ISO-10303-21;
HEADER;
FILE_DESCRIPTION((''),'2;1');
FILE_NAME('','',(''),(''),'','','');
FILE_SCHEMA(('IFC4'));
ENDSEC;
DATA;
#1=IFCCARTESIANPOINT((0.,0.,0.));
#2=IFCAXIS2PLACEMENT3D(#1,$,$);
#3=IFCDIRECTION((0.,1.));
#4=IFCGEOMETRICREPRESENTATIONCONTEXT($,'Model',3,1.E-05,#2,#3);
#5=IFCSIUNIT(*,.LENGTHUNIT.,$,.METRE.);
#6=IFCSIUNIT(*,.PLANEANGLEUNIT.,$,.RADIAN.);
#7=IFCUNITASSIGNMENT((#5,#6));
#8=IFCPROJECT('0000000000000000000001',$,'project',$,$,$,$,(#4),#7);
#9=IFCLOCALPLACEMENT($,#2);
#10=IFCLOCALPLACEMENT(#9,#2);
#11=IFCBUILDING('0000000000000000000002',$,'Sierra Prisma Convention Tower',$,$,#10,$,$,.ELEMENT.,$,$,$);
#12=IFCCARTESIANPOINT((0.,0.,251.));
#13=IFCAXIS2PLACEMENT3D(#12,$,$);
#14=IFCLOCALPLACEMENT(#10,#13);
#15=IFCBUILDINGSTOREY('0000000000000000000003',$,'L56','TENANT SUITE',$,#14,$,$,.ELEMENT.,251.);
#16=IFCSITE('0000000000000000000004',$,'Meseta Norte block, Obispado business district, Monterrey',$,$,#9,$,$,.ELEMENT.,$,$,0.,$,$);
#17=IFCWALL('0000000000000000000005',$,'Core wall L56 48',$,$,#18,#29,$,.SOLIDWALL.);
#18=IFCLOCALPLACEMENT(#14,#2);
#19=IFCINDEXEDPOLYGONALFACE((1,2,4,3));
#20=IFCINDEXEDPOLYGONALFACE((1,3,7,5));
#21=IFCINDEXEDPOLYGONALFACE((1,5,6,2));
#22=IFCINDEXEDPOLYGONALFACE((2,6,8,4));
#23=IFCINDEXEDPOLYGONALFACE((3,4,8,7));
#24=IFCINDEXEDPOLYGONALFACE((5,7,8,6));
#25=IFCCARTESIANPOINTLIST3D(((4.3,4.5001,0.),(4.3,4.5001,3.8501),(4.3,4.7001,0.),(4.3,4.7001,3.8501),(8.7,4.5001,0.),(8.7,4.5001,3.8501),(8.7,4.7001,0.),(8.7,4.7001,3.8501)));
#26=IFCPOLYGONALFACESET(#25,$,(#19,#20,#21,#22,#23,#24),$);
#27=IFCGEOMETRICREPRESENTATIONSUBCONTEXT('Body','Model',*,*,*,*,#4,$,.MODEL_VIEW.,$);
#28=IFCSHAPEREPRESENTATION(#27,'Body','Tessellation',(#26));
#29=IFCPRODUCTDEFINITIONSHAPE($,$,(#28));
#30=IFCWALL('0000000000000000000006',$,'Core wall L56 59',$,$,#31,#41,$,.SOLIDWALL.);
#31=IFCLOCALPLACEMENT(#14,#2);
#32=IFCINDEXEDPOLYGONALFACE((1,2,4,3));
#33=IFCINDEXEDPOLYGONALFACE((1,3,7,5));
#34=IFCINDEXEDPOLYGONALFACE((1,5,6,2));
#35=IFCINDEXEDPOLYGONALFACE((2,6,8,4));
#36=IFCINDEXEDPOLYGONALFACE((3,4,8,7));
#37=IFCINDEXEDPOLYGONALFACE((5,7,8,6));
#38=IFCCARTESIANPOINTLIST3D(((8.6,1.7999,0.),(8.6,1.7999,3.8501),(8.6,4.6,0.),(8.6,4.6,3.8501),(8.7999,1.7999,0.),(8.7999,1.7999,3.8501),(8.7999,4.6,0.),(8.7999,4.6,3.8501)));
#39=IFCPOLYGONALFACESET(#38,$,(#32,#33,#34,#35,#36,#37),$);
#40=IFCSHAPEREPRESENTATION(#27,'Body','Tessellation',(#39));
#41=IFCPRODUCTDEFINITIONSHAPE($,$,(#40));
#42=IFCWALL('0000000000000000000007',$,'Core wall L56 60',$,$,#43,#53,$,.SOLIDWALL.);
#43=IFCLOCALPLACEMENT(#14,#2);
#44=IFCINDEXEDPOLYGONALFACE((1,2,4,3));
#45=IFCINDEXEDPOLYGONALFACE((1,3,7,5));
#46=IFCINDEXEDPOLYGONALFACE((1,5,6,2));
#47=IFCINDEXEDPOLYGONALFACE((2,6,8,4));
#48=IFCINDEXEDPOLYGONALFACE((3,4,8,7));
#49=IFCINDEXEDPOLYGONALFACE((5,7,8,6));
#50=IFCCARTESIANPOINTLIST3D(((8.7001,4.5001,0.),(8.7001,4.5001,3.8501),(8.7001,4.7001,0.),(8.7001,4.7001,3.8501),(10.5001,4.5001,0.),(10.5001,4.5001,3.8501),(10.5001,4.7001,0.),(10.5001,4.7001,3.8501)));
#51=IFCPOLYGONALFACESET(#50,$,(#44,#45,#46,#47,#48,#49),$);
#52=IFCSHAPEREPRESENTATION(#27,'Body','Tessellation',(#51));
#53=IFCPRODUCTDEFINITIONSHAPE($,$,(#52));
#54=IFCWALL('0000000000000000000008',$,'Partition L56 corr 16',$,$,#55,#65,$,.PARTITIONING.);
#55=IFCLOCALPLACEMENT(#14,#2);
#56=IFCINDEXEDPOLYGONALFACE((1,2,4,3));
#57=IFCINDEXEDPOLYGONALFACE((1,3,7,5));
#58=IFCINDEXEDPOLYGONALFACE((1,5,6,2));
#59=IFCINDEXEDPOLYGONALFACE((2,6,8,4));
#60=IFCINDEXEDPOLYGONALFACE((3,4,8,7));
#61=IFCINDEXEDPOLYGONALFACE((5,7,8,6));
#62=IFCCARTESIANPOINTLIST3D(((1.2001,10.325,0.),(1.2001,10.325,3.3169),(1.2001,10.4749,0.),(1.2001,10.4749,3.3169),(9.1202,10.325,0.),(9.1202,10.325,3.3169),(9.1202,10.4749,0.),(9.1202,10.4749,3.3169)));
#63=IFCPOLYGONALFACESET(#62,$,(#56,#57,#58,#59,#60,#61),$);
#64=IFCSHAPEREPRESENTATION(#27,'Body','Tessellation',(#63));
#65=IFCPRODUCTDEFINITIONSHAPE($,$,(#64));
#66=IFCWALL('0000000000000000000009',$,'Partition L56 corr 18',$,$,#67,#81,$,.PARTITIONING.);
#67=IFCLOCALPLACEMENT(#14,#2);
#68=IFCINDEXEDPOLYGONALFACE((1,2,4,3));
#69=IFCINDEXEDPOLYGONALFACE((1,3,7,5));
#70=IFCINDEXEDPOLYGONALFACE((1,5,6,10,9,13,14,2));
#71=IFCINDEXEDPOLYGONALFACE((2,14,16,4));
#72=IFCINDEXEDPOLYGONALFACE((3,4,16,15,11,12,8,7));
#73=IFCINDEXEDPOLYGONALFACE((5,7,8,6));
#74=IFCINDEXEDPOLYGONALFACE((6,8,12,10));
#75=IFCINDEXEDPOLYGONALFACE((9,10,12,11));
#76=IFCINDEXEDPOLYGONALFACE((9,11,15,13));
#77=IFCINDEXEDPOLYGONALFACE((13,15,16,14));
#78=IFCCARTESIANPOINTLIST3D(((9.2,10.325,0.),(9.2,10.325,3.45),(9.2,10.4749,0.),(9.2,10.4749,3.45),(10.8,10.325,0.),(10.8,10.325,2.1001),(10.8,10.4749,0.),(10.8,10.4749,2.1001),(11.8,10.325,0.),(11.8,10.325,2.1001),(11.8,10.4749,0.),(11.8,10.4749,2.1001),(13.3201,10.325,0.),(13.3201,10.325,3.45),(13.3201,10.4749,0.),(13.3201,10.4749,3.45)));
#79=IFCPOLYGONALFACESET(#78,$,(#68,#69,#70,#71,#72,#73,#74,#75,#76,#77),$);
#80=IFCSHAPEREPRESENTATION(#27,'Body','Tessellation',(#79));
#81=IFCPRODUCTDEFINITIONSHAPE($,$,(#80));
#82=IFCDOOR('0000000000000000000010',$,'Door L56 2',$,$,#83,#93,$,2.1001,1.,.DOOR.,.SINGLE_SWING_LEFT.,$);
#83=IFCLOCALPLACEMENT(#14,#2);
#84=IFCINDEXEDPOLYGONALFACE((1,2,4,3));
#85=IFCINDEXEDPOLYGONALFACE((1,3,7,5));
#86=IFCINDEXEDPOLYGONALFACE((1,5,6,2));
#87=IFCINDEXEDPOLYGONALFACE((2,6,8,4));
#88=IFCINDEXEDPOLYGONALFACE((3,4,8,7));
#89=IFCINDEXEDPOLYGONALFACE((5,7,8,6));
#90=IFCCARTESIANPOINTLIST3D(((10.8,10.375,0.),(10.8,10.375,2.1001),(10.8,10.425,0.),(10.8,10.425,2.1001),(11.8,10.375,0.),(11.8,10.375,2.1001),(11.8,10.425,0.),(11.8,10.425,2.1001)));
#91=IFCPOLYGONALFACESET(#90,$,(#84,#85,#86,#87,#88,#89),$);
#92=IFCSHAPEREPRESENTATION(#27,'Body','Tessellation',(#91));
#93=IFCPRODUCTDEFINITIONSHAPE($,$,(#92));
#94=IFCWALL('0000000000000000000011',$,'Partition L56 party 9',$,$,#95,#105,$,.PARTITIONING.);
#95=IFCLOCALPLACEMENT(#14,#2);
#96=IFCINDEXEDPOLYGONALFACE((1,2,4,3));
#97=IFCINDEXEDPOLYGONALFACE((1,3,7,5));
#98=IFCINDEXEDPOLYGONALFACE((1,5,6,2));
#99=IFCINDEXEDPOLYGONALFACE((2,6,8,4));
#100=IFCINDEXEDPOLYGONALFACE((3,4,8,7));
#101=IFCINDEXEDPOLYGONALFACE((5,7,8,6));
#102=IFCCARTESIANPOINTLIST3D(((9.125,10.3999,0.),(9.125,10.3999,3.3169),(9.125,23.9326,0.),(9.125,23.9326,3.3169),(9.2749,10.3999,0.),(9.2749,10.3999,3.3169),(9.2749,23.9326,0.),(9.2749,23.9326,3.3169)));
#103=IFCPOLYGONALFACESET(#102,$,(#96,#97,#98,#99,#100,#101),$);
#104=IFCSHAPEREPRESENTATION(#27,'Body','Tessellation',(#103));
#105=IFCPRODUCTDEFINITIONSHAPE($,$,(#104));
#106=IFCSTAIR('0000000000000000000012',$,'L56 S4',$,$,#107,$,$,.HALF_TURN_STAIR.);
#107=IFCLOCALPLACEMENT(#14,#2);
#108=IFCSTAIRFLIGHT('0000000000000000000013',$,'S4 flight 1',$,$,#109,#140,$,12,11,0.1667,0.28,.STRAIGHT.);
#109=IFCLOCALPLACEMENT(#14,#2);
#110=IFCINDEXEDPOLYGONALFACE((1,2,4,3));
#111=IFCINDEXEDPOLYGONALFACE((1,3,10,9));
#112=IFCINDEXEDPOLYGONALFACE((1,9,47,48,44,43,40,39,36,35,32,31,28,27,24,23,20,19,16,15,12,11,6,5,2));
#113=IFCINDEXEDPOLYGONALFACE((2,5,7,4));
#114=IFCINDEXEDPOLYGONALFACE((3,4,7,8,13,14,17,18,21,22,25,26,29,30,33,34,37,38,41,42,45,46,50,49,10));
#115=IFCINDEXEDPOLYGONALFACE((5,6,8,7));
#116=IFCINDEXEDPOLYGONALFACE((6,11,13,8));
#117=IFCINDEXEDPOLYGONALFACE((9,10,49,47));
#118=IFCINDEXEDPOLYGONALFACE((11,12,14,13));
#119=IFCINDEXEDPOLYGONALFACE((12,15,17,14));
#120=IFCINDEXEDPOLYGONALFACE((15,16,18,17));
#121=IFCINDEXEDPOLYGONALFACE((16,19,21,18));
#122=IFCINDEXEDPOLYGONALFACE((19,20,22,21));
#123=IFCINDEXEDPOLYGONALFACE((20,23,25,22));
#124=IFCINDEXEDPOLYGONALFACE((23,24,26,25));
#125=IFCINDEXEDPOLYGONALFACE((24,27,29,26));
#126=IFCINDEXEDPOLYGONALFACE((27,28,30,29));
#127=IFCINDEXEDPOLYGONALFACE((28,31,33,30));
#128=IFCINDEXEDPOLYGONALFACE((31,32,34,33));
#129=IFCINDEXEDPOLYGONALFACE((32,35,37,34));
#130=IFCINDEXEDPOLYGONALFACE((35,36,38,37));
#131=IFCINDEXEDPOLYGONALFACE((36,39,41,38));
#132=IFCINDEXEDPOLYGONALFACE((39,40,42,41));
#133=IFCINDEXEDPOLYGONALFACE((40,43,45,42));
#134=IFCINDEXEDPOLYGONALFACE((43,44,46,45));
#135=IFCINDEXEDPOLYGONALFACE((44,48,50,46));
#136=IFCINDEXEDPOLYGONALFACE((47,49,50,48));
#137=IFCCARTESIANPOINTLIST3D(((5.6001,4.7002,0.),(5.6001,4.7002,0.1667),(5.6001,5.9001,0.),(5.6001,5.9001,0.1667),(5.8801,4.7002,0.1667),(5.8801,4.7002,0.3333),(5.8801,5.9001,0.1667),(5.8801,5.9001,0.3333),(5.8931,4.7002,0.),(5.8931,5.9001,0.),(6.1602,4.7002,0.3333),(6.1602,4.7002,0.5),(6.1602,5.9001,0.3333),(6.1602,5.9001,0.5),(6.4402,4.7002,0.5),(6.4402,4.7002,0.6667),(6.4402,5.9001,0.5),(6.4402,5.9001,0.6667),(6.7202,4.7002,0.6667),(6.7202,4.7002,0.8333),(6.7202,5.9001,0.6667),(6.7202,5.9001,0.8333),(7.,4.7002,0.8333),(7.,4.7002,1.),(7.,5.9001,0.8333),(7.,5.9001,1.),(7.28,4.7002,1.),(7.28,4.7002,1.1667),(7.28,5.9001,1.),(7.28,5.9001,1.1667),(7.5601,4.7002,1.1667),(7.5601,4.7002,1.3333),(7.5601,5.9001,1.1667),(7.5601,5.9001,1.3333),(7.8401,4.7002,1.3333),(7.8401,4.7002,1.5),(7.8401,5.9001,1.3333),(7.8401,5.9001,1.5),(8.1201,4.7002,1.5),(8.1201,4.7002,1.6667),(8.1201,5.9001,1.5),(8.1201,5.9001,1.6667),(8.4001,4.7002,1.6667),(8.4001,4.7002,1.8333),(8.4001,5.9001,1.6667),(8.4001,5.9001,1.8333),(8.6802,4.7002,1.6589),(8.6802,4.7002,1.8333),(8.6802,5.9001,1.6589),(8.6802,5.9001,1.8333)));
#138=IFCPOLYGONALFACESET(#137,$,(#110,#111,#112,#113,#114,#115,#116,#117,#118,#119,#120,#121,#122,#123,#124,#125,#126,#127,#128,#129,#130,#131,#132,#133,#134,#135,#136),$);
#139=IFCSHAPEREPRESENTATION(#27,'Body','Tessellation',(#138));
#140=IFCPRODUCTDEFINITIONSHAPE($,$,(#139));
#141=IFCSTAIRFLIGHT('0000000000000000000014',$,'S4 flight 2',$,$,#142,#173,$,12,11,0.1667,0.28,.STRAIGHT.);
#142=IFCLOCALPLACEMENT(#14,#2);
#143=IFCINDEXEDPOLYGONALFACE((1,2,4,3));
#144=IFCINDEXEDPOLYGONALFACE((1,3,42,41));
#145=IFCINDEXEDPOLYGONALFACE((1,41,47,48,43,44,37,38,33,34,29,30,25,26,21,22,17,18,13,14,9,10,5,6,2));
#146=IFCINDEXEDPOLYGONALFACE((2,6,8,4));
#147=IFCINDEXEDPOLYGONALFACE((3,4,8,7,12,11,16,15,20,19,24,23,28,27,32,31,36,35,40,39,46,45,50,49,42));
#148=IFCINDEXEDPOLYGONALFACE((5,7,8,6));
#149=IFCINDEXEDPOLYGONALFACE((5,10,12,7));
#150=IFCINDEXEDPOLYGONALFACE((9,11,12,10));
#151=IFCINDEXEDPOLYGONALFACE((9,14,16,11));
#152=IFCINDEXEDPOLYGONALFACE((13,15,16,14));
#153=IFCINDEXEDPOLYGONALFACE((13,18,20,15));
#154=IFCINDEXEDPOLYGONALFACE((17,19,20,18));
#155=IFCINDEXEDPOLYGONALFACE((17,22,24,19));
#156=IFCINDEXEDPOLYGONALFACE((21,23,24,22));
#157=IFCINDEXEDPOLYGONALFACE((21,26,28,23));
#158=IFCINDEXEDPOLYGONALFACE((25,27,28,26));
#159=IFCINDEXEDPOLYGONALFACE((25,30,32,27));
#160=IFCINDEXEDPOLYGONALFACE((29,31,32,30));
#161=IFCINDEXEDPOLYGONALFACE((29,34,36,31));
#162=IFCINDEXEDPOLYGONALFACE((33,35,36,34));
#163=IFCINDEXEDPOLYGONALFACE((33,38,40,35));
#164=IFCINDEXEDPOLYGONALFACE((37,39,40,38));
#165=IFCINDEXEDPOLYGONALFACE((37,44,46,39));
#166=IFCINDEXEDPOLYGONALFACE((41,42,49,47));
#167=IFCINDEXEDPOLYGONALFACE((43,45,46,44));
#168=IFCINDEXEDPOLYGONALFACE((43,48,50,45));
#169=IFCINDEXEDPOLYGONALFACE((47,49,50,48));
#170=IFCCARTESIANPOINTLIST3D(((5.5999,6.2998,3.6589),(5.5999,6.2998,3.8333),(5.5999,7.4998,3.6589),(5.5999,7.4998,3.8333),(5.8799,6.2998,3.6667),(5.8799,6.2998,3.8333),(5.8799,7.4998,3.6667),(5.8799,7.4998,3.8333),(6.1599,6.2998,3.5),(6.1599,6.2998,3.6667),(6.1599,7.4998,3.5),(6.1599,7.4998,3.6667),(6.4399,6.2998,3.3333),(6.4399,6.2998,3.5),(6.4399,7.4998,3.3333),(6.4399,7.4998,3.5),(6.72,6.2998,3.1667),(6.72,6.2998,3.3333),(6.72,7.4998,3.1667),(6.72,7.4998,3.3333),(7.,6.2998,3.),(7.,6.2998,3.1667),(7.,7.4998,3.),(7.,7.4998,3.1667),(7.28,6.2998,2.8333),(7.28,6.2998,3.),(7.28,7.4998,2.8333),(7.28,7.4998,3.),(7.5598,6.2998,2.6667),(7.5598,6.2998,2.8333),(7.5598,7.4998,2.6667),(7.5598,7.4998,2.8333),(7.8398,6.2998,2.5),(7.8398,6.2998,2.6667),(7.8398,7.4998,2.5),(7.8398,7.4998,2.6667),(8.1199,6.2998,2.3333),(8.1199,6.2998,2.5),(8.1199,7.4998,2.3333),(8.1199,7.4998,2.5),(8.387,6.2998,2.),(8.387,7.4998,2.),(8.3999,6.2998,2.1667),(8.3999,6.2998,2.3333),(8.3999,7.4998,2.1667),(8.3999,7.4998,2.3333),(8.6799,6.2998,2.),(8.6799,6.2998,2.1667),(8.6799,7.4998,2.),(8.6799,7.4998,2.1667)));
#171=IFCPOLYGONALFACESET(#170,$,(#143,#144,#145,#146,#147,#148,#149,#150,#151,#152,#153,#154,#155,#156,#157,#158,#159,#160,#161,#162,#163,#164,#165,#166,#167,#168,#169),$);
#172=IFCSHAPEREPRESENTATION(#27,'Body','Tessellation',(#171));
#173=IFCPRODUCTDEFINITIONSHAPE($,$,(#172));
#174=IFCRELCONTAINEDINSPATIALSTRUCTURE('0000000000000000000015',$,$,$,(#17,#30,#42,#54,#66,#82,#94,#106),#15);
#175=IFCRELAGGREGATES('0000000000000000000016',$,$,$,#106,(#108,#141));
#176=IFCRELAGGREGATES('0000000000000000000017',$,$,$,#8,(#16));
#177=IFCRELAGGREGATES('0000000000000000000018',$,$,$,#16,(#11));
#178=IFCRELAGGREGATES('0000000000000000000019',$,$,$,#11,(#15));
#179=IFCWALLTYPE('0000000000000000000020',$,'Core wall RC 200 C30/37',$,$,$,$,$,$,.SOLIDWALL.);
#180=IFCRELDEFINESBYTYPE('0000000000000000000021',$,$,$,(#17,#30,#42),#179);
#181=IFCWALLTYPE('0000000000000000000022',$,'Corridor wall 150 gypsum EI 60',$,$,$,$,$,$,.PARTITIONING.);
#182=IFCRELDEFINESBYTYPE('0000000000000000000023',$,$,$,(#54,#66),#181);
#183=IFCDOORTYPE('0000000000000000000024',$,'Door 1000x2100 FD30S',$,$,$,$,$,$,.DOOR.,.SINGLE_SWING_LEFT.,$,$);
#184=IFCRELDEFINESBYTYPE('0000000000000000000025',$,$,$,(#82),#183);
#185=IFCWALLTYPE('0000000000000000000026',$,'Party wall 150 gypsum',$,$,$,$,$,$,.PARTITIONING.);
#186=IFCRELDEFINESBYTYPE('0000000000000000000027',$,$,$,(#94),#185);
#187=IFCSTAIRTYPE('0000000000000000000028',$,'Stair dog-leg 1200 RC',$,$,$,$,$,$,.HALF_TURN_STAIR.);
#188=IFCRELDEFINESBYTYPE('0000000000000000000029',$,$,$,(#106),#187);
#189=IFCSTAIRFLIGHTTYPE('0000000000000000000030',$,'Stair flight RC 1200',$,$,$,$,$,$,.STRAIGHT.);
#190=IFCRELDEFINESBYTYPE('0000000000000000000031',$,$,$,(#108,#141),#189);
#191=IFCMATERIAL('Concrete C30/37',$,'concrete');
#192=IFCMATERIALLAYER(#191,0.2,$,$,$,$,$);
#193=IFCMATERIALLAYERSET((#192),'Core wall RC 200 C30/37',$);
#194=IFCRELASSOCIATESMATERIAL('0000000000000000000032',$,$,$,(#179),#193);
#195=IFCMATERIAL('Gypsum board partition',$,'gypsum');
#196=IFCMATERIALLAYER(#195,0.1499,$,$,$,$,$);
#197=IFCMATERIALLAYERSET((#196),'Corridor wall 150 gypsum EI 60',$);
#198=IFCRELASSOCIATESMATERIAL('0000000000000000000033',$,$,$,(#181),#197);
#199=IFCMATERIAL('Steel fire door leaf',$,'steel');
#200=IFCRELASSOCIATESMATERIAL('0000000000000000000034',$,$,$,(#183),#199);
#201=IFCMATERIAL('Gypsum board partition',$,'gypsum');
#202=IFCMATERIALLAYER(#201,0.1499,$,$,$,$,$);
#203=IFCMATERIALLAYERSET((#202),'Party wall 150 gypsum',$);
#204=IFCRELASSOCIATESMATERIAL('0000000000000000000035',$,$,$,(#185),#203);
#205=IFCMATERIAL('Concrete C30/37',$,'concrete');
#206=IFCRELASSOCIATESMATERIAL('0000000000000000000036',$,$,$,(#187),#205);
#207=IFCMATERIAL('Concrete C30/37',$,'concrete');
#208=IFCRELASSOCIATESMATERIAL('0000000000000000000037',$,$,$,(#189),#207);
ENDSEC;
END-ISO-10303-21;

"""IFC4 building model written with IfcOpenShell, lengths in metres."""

from ifc_helpers import new_model, si_unit, direction, frame, frame_2d, origin, place, context, subcontext, project, spatial, polyline, rectangle, outline, extrude, material, layer, layer_set, type_object, element, fill, aggregate, save


model = new_model("IFC4")

# Units and contexts
model_context = context("Model", 3, precision=1e-05, world=origin(), true_north=direction((0.0, 1.0)))
body_context = subcontext(model_context, "Body", "Model", "MODEL_VIEW")
ifc_project = project(units=[si_unit("LENGTHUNIT", "METRE"), si_unit("PLANEANGLEUNIT", "RADIAN")], contexts=[model_context])

# Site, building, storey
site_placement = place(None, origin())
site = spatial("IfcSite", under=ifc_project, at=site_placement, Name="Meseta Norte block, Obispado business district, Monterrey", CompositionType="ELEMENT", RefElevation=0.0)
building_placement = place(site_placement, origin())
building = spatial("IfcBuilding", under=site, at=building_placement, Name="Sierra Prisma Convention Tower", CompositionType="ELEMENT")
storey_placement = place(building_placement, frame((0.0, 0.0, 251.0)))
storey = spatial("IfcBuildingStorey", under=building, at=storey_placement, Name="L56", Description="TENANT SUITE", CompositionType="ELEMENT", Elevation=251.0)

# Wall
ifc_material_1 = material(Name="Concrete C30/37", Category="concrete")
ifc_layer_1 = layer(ifc_material_1, 0.2)
ifc_layer_set_1 = layer_set([ifc_layer_1], Name="Core wall RC 200 C30/37")
wall_type_1 = type_object("IfcWallType", Name="Core wall RC 200 C30/37", PredefinedType="SOLIDWALL", material=ifc_layer_set_1)
wall_1_placement = place(storey_placement, frame((8.7, 4.6001, 0.0), z_axis=(0.0, 0.0, 1.0), x_axis=(-1.0, 0.0, 0.0)))
element("IfcWall", 1, at=wall_1_placement, inside=storey, type_object=wall_type_1, Name="Core wall L56 48", PredefinedType="SOLIDWALL", context=body_context, shape_type="SweptSolid", body=[
    extrude(rectangle(XDim=4.3999, YDim=0.2, at=frame_2d((2.2, 0.0))), origin(), (0.0, 0.0, 1.0), 3.8501),
])

# Walls
wall_2_placement = place(storey_placement, frame((8.7, 1.8, 0.0), z_axis=(0.0, 0.0, 1.0), x_axis=(0.0, 1.0, 0.0)))
element("IfcWall", 2, at=wall_2_placement, inside=storey, type_object=wall_type_1, Name="Core wall L56 59", PredefinedType="SOLIDWALL", context=body_context, shape_type="SweptSolid", body=[
    extrude(rectangle(XDim=2.8, YDim=0.2, at=frame_2d((1.3999, 0.0))), origin(), (0.0, 0.0, 1.0), 3.8501),
])
wall_3_placement = place(storey_placement, frame((10.5, 4.6001, 0.0), z_axis=(0.0, 0.0, 1.0), x_axis=(-1.0, 0.0, 0.0)))
element("IfcWall", 3, at=wall_3_placement, inside=storey, type_object=wall_type_1, Name="Core wall L56 60", PredefinedType="SOLIDWALL", context=body_context, shape_type="SweptSolid", body=[
    extrude(rectangle(XDim=1.8, YDim=0.2, at=frame_2d((0.8999, 0.0))), origin(), (0.0, 0.0, 1.0), 3.8501),
])
ifc_material_2 = material(Name="Gypsum board partition", Category="gypsum")
ifc_layer_2 = layer(ifc_material_2, 0.1499)
ifc_layer_set_2 = layer_set([ifc_layer_2], Name="Corridor wall 150 gypsum EI 60")
wall_type_2 = type_object("IfcWallType", Name="Corridor wall 150 gypsum EI 60", PredefinedType="PARTITIONING", material=ifc_layer_set_2)
wall_4_placement = place(storey_placement, frame((9.1201, 10.3999, 0.0), z_axis=(0.0, 0.0, 1.0), x_axis=(-1.0, 0.0, 0.0)))
element("IfcWall", 4, at=wall_4_placement, inside=storey, type_object=wall_type_2, Name="Partition L56 corr 16", PredefinedType="PARTITIONING", context=body_context, shape_type="SweptSolid", body=[
    extrude(rectangle(XDim=7.9202, YDim=0.1499, at=frame_2d((3.96, 0.0))), origin(), (0.0, 0.0, 1.0), 3.3169),
])

# Wall, opening, door
wall_5_placement = place(storey_placement, frame((13.3201, 10.3999, 0.0), z_axis=(0.0, 0.0, 1.0), x_axis=(-1.0, 0.0, 0.0)))
wall_5 = element("IfcWall", 5, at=wall_5_placement, inside=storey, type_object=wall_type_2, Name="Partition L56 corr 18", PredefinedType="PARTITIONING", context=body_context, shape_type="SweptSolid", body=[
    extrude(rectangle(XDim=4.1201, YDim=0.1499, at=frame_2d((2.0601, 0.0))), origin(), (0.0, 0.0, 1.0), 3.45),
])
opening_1_placement = place(wall_5_placement, frame((1.52, 0.0, 0.0)))
opening_1 = element("IfcOpeningElement", 6, at=opening_1_placement, cuts=wall_5, PredefinedType="OPENING", context=body_context, shape_type="SweptSolid", body=[
    extrude(rectangle(XDim=1.0, YDim=2.1001, at=frame_2d((0.5, 1.05))), frame((0.0, 0.075, 0.0), z_axis=(0.0, -1.0, 0.0), x_axis=(1.0, 0.0, 0.0)), (0.0, 0.0, 1.0), 0.1499),
])
ifc_material_3 = material(Name="Steel fire door leaf", Category="steel")
door_type_1 = type_object("IfcDoorType", Name="Door 1000x2100 FD30S", OperationType="SINGLE_SWING_LEFT", PredefinedType="DOOR", material=ifc_material_3)
door_1_placement = place(opening_1_placement, origin())
door_1 = element("IfcDoor", 7, at=door_1_placement, inside=storey, type_object=door_type_1, Name="Door L56 2", OperationType="SINGLE_SWING_LEFT", OverallHeight=2.1001, OverallWidth=1.0, PredefinedType="DOOR", context=body_context, shape_type="SweptSolid", body=[
    extrude(rectangle(XDim=1.0, YDim=2.1001, at=frame_2d((0.5, 1.05))), frame((0.0, 0.0249, 0.0), z_axis=(0.0, -1.0, 0.0), x_axis=(1.0, 0.0, 0.0)), (0.0, 0.0, 1.0), 0.05),
])
fill(opening_1, door_1)

# Wall
ifc_material_4 = material(Name="Gypsum board partition", Category="gypsum")
ifc_layer_3 = layer(ifc_material_4, 0.1499)
ifc_layer_set_3 = layer_set([ifc_layer_3], Name="Party wall 150 gypsum")
wall_type_3 = type_object("IfcWallType", Name="Party wall 150 gypsum", PredefinedType="PARTITIONING", material=ifc_layer_set_3)
wall_6_placement = place(storey_placement, frame((9.2, 10.3999, 0.0), z_axis=(0.0, 0.0, 1.0), x_axis=(0.0, 1.0, 0.0)))
element("IfcWall", 8, at=wall_6_placement, inside=storey, type_object=wall_type_3, Name="Partition L56 party 9", PredefinedType="PARTITIONING", context=body_context, shape_type="SweptSolid", body=[
    extrude(rectangle(XDim=13.5327, YDim=0.1499, at=frame_2d((6.7664, 0.0))), origin(), (0.0, 0.0, 1.0), 3.3169),
])

# Stair, stair flights
ifc_material_5 = material(Name="Concrete C30/37", Category="concrete")
stair_type = type_object("IfcStairType", Name="Stair dog-leg 1200 RC", PredefinedType="HALF_TURN_STAIR", material=ifc_material_5)
stair_placement = place(storey_placement, origin())
stair = element("IfcStair", 9, at=stair_placement, inside=storey, type_object=stair_type, Name="L56 S4", PredefinedType="HALF_TURN_STAIR")
ifc_material_6 = material(Name="Concrete C30/37", Category="concrete")
stair_flight_type = type_object("IfcStairFlightType", Name="Stair flight RC 1200", PredefinedType="STRAIGHT", material=ifc_material_6)
stair_flight_1_placement = place(storey_placement, frame((5.6001, 5.3, 0.0), z_axis=(0.0, 0.0, 1.0), x_axis=(1.0, 0.0, 0.0)))
stair_flight_1 = element("IfcStairFlight", 10, at=stair_flight_1_placement, type_object=stair_flight_type, Name="S4 flight 1", NumberOfRisers=12, NumberOfTreads=11, PredefinedType="STRAIGHT", RiserHeight=0.1667, TreadLength=0.28, context=body_context, shape_type="SweptSolid", body=[
    extrude(outline(polyline([(0.0, 0.0), (0.0, 0.1667), (0.28, 0.1667), (0.28, 0.3333), (0.5601, 0.3333), (0.5601, 0.5), (0.8401, 0.5), (0.8401, 0.6667), (1.1201, 0.6667), (1.1201, 0.8333), (1.3999, 0.8333), (1.3999, 1.0), (1.6799, 1.0), (1.6799, 1.1667), (1.96, 1.1667), (1.96, 1.3333), (2.24, 1.3333), (2.24, 1.5), (2.52, 1.5), (2.52, 1.6667), (2.8, 1.6667), (2.8, 1.8333), (3.0801, 1.8333), (3.0801, 2.0), (3.0801, 1.6589), (0.293, 0.0), (0.0, 0.0)])), frame((0.0, 0.6001, 0.0), z_axis=(0.0, -1.0, 0.0), x_axis=(1.0, 0.0, 0.0)), (0.0, 0.0, 1.0), 1.2),
])
stair_flight_2_placement = place(storey_placement, frame((8.6799, 6.8999, 2.0), z_axis=(0.0, 0.0, 1.0), x_axis=(-1.0, 0.0, 0.0)))
stair_flight_2 = element("IfcStairFlight", 11, at=stair_flight_2_placement, type_object=stair_flight_type, Name="S4 flight 2", NumberOfRisers=12, NumberOfTreads=11, PredefinedType="STRAIGHT", RiserHeight=0.1667, TreadLength=0.28, context=body_context, shape_type="SweptSolid", body=[
    extrude(outline(polyline([(0.0, 0.0), (0.0, 0.1667), (0.28, 0.1667), (0.28, 0.3333), (0.5601, 0.3333), (0.5601, 0.5), (0.8401, 0.5), (0.8401, 0.6667), (1.1201, 0.6667), (1.1201, 0.8333), (1.3999, 0.8333), (1.3999, 1.0), (1.6799, 1.0), (1.6799, 1.1667), (1.96, 1.1667), (1.96, 1.3333), (2.24, 1.3333), (2.24, 1.5), (2.52, 1.5), (2.52, 1.6667), (2.8, 1.6667), (2.8, 1.8333), (3.0801, 1.8333), (3.0801, 2.0), (3.0801, 1.6589), (0.293, 0.0), (0.0, 0.0)])), frame((0.0, 0.6001, 0.0), z_axis=(0.0, -1.0, 0.0), x_axis=(1.0, 0.0, 0.0)), (0.0, 0.0, 1.0), 1.2),
])
aggregate(stair, [stair_flight_1, stair_flight_2])

save(model, "model.ifc")
